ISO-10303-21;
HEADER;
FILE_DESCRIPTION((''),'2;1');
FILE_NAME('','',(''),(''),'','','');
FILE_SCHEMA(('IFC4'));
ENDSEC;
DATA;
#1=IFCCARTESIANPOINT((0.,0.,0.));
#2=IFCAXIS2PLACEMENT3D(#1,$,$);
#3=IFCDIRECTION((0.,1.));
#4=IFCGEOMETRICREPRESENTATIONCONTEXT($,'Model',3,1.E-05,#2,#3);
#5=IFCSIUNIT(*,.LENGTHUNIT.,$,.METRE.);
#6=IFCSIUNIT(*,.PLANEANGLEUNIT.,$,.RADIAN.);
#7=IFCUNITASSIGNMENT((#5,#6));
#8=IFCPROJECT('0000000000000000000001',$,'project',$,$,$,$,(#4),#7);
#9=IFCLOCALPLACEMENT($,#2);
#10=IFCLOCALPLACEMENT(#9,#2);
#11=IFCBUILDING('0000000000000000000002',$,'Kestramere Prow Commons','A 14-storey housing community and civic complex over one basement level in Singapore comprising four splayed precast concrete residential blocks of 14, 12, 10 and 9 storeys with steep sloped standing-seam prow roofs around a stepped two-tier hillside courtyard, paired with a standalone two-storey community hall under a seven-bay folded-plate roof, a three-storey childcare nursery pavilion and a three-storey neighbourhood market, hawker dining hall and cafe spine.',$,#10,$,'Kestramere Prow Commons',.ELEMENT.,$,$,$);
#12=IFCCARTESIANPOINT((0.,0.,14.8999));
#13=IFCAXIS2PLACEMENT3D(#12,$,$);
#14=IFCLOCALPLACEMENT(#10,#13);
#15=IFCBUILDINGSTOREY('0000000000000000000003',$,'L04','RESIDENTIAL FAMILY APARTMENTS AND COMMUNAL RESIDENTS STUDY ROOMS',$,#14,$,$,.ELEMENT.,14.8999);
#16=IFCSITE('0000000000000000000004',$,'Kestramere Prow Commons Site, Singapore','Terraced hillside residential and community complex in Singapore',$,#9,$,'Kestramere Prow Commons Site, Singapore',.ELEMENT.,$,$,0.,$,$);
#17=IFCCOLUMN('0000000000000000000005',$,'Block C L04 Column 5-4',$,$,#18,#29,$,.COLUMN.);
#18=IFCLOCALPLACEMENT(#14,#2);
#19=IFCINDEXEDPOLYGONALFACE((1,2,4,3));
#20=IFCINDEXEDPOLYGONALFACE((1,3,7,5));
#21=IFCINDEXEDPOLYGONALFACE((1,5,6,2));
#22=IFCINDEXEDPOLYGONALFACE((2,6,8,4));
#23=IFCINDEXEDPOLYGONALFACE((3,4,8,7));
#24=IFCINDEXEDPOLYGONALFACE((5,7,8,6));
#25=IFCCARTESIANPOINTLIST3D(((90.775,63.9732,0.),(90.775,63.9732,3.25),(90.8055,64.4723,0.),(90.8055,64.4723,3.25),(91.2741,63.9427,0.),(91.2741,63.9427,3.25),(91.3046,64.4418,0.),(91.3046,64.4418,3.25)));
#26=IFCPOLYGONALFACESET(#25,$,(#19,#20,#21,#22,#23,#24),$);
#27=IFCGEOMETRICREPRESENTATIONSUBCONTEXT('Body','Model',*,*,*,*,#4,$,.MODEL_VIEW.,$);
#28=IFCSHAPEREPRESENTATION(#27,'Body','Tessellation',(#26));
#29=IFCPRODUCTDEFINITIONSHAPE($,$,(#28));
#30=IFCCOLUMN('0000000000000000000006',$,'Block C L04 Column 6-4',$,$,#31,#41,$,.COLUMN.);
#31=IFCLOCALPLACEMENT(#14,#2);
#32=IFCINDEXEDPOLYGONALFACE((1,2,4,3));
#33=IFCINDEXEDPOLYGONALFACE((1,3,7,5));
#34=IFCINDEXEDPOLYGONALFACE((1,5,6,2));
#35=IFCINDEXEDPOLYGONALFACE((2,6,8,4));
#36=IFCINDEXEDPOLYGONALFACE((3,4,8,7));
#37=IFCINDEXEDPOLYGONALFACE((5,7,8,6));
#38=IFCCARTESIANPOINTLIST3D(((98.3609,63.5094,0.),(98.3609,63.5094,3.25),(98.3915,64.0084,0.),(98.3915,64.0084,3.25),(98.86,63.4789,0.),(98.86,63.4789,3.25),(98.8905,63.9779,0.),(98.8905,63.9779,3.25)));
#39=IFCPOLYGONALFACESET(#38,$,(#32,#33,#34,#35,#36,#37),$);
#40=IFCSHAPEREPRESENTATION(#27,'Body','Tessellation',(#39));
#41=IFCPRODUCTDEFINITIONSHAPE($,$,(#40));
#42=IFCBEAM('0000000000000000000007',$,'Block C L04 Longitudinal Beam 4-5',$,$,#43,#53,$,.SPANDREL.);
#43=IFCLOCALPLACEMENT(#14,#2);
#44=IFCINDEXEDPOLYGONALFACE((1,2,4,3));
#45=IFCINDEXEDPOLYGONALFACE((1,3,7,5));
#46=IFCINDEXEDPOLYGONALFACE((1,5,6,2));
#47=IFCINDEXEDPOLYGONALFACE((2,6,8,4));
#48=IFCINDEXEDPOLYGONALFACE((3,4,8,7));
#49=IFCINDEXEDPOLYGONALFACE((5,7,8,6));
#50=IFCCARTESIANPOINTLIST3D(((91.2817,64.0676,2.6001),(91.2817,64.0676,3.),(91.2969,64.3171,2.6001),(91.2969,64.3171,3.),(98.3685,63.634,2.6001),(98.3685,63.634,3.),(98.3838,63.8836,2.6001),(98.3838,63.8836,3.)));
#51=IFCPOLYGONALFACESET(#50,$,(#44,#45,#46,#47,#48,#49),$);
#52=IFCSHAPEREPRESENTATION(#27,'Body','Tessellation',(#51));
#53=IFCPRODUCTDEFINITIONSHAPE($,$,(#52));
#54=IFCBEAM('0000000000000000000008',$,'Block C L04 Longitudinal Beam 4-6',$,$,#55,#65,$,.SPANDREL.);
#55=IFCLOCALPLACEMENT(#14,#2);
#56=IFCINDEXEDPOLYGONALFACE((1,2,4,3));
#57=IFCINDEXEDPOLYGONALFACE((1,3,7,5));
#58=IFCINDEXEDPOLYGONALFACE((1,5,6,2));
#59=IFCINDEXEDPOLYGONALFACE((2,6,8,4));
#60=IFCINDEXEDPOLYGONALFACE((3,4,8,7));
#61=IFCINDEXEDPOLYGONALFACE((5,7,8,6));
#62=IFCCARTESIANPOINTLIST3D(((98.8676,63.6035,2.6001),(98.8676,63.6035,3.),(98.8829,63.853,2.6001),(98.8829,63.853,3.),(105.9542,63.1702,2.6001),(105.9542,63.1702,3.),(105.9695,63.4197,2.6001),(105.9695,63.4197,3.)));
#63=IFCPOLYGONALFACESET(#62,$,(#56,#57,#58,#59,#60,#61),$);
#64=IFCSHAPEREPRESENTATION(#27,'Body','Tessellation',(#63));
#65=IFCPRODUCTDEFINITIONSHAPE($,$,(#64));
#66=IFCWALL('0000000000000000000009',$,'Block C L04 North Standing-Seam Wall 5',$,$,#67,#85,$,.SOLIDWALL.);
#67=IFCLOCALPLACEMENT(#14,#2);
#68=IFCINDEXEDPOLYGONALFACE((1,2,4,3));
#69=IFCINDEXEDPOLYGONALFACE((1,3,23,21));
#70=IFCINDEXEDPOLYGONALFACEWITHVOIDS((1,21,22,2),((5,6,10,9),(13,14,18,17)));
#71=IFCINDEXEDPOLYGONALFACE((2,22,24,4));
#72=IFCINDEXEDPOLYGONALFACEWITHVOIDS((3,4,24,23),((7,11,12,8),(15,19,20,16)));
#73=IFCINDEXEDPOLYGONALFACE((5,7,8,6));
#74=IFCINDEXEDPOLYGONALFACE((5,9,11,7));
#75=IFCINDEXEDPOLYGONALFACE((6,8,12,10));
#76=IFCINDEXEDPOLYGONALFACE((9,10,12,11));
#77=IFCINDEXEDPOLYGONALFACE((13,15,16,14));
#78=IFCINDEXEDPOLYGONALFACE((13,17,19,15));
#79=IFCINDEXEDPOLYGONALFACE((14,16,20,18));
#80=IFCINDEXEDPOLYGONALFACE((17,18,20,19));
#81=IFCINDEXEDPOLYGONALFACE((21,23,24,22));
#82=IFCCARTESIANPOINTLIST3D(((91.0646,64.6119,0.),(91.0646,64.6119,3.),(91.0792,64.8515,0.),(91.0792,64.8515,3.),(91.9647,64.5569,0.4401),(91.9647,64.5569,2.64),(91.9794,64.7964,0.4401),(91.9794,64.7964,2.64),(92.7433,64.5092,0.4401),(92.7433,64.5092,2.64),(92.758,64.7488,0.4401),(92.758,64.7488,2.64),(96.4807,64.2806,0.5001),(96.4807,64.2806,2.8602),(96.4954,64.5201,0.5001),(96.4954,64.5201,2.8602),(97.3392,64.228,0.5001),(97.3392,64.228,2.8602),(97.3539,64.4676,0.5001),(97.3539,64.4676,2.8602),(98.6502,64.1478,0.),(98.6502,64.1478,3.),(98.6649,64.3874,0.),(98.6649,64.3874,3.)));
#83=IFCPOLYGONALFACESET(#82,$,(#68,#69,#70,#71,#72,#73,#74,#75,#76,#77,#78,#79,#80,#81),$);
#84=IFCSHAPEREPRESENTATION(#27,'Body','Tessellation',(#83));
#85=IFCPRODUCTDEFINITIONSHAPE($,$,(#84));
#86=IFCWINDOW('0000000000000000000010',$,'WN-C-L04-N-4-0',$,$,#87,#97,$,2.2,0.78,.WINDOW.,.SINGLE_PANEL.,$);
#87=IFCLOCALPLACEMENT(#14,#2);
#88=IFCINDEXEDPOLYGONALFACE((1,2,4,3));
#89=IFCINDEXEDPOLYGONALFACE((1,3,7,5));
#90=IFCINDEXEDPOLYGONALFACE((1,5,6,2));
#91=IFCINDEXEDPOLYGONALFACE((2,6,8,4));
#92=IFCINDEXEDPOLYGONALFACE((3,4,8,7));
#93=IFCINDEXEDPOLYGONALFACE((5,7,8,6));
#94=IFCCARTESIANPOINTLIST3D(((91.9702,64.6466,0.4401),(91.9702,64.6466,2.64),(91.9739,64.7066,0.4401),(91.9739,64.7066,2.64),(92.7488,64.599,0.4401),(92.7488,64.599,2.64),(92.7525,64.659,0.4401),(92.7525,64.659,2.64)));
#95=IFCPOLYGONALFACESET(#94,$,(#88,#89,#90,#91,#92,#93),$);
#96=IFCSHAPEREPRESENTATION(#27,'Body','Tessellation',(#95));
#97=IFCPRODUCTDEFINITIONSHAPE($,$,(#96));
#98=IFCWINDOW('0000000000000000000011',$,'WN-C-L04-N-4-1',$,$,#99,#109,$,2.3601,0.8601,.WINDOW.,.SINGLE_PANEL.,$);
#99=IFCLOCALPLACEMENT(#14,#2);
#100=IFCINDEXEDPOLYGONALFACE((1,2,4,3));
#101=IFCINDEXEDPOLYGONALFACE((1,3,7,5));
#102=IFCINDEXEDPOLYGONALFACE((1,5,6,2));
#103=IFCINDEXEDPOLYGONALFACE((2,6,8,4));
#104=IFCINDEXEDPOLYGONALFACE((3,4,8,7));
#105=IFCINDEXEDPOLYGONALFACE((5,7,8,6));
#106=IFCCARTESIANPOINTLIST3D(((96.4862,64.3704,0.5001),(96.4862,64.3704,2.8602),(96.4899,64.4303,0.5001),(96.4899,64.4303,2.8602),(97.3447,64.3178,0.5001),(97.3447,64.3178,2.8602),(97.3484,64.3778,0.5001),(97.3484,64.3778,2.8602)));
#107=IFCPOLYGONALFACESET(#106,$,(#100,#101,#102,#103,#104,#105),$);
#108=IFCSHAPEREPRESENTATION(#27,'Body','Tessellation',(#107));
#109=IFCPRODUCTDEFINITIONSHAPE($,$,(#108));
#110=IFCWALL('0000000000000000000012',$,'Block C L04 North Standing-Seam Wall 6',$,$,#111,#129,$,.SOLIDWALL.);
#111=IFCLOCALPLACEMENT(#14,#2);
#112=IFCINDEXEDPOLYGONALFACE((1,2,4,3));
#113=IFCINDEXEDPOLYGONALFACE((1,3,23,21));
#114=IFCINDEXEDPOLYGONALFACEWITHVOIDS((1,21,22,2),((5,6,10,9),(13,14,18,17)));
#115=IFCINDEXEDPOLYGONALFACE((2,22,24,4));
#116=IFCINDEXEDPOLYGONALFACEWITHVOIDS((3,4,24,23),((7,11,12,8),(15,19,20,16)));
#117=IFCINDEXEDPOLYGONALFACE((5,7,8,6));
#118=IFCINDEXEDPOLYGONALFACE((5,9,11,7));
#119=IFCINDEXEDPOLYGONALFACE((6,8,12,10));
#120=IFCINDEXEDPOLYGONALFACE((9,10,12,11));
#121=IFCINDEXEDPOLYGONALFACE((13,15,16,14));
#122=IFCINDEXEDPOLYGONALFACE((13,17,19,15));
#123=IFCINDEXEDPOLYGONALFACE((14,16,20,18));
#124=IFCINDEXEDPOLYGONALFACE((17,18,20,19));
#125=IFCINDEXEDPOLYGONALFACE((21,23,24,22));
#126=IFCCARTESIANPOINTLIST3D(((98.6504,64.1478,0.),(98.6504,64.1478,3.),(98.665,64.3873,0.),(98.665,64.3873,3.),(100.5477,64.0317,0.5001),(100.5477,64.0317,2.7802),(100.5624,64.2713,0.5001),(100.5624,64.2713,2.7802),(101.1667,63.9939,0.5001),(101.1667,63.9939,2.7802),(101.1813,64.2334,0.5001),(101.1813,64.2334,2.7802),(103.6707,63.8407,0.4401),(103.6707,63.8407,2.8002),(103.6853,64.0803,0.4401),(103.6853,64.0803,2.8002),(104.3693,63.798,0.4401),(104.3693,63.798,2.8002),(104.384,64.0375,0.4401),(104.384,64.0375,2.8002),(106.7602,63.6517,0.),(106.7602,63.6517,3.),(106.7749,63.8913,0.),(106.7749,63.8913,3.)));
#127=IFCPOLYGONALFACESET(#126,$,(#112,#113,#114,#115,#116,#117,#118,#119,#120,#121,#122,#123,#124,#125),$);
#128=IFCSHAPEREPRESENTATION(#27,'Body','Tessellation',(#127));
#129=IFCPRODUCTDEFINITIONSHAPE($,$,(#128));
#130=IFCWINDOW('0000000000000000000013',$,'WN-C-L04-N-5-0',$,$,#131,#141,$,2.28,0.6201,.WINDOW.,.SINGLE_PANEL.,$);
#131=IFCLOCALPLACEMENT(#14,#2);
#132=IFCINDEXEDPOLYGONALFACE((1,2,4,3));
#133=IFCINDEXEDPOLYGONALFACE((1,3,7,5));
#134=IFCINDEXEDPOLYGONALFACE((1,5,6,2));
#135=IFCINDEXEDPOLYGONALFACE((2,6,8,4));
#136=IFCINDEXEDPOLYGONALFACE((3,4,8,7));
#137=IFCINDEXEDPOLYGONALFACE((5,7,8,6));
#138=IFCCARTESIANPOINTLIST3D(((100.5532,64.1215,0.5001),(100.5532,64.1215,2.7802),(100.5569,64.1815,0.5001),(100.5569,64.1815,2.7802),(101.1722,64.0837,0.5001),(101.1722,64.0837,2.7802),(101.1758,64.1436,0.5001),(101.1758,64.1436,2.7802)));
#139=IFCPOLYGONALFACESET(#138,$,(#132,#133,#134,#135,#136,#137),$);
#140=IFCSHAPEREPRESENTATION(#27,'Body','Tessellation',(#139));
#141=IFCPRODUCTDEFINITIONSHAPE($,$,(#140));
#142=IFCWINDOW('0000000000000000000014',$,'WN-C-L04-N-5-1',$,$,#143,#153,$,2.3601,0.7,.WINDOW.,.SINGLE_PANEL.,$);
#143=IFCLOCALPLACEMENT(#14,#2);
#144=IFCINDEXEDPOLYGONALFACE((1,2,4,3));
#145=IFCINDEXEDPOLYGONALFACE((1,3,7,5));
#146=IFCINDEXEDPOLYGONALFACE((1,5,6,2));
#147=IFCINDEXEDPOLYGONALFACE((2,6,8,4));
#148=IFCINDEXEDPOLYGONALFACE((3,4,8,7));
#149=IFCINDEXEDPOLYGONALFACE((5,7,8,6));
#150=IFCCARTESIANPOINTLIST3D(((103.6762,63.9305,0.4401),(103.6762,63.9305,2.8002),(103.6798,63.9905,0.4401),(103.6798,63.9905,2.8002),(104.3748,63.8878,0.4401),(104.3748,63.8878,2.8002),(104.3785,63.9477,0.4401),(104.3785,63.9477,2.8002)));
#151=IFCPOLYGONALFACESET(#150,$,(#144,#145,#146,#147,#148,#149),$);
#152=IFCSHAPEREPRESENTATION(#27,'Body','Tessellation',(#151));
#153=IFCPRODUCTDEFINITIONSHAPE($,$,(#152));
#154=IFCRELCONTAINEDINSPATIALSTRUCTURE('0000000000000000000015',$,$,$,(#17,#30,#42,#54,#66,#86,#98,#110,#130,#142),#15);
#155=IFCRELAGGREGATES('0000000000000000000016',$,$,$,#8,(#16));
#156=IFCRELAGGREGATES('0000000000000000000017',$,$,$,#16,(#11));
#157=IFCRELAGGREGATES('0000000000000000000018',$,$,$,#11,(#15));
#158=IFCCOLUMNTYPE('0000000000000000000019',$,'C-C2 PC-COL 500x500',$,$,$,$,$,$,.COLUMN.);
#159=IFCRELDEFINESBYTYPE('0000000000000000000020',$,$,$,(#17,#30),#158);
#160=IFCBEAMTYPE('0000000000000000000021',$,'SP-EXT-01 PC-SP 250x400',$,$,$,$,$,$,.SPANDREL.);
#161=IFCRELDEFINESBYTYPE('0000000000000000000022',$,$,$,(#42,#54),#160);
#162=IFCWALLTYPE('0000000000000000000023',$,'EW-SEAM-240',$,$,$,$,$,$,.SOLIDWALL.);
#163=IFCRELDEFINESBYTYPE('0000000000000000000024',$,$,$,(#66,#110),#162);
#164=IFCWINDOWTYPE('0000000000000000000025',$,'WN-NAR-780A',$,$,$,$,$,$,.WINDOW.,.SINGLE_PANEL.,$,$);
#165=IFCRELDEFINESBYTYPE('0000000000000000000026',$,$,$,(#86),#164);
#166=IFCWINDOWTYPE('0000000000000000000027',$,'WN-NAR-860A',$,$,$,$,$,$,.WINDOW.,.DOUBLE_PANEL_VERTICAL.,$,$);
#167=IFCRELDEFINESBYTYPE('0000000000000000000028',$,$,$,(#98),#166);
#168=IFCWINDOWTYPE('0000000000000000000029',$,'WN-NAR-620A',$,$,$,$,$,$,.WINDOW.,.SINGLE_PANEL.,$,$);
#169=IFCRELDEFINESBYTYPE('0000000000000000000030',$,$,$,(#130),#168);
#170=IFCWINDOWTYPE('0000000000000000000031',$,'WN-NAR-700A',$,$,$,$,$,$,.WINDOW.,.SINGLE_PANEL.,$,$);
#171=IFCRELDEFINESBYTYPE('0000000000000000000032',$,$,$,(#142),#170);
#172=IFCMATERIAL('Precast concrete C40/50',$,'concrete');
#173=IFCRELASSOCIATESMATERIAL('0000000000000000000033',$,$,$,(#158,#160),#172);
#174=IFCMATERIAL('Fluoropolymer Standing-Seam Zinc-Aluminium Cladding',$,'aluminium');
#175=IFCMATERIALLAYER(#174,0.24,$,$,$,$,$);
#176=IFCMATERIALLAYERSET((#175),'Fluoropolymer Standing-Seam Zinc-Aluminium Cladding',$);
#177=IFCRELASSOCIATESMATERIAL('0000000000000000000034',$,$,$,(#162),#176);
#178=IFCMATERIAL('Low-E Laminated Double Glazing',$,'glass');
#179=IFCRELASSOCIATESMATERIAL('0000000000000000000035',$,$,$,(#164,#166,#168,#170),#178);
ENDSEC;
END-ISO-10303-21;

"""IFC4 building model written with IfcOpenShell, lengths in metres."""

from ifc_helpers import new_model, si_unit, direction, frame, frame_2d, origin, origin_2d, place, context, subcontext, project, spatial, rectangle, extrude, material, layer, layer_set, material_profile, profile_set, type_object, element, fill, save


model = new_model("IFC4")

# Units and contexts
model_context = context("Model", 3, precision=1e-05, world=origin(), true_north=direction((0.0, 1.0)))
body_context = subcontext(model_context, "Body", "Model", "MODEL_VIEW")
ifc_project = project(units=[si_unit("LENGTHUNIT", "METRE"), si_unit("PLANEANGLEUNIT", "RADIAN")], contexts=[model_context])

# Site, building, storey
site_placement = place(None, origin())
site = spatial("IfcSite", under=ifc_project, at=site_placement, Name="Kestramere Prow Commons Site, Singapore", Description="Terraced hillside residential and community complex in Singapore", LongName="Kestramere Prow Commons Site, Singapore", CompositionType="ELEMENT", RefElevation=0.0)
building_placement = place(site_placement, origin())
building = spatial("IfcBuilding", under=site, at=building_placement, Name="Kestramere Prow Commons", Description="A 14-storey housing community and civic complex over one basement level in Singapore comprising four splayed precast concrete residential blocks of 14, 12, 10 and 9 storeys with steep sloped standing-seam prow roofs around a stepped two-tier hillside courtyard, paired with a standalone two-storey community hall under a seven-bay folded-plate roof, a three-storey childcare nursery pavilion and a three-storey neighbourhood market, hawker dining hall and cafe spine.", LongName="Kestramere Prow Commons", CompositionType="ELEMENT")
storey_placement = place(building_placement, frame((0.0, 0.0, 14.8999)))
storey = spatial("IfcBuildingStorey", under=building, at=storey_placement, Name="L04", Description="RESIDENTIAL FAMILY APARTMENTS AND COMMUNAL RESIDENTS STUDY ROOMS", CompositionType="ELEMENT", Elevation=14.8999)

# Columns
ifc_material_1 = material(Name="Precast concrete C40/50", Category="concrete")
ifc_material_profile_1 = material_profile(ifc_material_1, rectangle(XDim=0.5, YDim=0.5, at=origin_2d()), Name="PC-COL 500x500")
ifc_profile_set_1 = profile_set([ifc_material_profile_1], Name="Precast concrete C40/50")
column_type = type_object("IfcColumnType", Name="C-C2 PC-COL 500x500", PredefinedType="COLUMN", material=ifc_profile_set_1)
for number, where, z_axis, x_axis, name in (
    (1, (91.0398, 64.2075, 0.0), (0.0, 0.0, 1.0), (0.998135, -0.061049, 0.0), "Block C L04 Column 5-4"),
    (2, (98.6257, 63.7437, 0.0), (0.0, 0.0, 1.0), (0.998135, -0.061049, 0.0), "Block C L04 Column 6-4"),
):
    element("IfcColumn", number, at=place(storey_placement, frame(where, z_axis=z_axis, x_axis=x_axis)), inside=storey, type_object=column_type, Name=name, PredefinedType="COLUMN", context=body_context, shape_type="SweptSolid", body=[
        extrude(rectangle(XDim=0.5, YDim=0.5, at=origin_2d()), origin(), (0.0, 0.0, 1.0), 3.25),
    ])

# Beams
ifc_material_profile_2 = material_profile(ifc_material_1, rectangle(XDim=0.25, YDim=0.3999, at=origin_2d()), Name="PC-SP 250x400")
ifc_profile_set_2 = profile_set([ifc_material_profile_2], Name="Precast concrete C40/50")
beam_type = type_object("IfcBeamType", Name="SP-EXT-01 PC-SP 250x400", PredefinedType="SPANDREL", material=ifc_profile_set_2)
beam_1_placement = place(storey_placement, frame((91.2893, 64.1924, 2.8), z_axis=(0.998134, -0.061068, 0.0), x_axis=(0.061068, 0.998134, 0.0)))
element("IfcBeam", 3, at=beam_1_placement, inside=storey, type_object=beam_type, Name="Block C L04 Longitudinal Beam 4-5", PredefinedType="SPANDREL", context=body_context, shape_type="SweptSolid", body=[
    extrude(rectangle(XDim=0.25, YDim=0.3999, at=origin_2d()), origin(), (0.0, 0.0, 1.0), 7.1001),
])
beam_2_placement = place(storey_placement, frame((98.8752, 63.7283, 2.8), z_axis=(0.998136, -0.061036, 0.0), x_axis=(0.061036, 0.998136, 0.0)))
element("IfcBeam", 4, at=beam_2_placement, inside=storey, type_object=beam_type, Name="Block C L04 Longitudinal Beam 4-6", PredefinedType="SPANDREL", context=body_context, shape_type="SweptSolid", body=[
    extrude(rectangle(XDim=0.25, YDim=0.3999, at=origin_2d()), origin(), (0.0, 0.0, 1.0), 7.0999),
])

# Walls, openings, windows
ifc_material_2 = material(Name="Fluoropolymer Standing-Seam Zinc-Aluminium Cladding", Category="aluminium")
ifc_layer_1 = layer(ifc_material_2, 0.24)
ifc_layer_set_1 = layer_set([ifc_layer_1], Name="Fluoropolymer Standing-Seam Zinc-Aluminium Cladding")
wall_type_1 = type_object("IfcWallType", Name="EW-SEAM-240", PredefinedType="SOLIDWALL", material=ifc_layer_set_1)
wall_1_placement = place(storey_placement, frame((91.072, 64.7317, 0.0), z_axis=(0.0, 0.0, 1.0), x_axis=(0.998134, -0.061068, 0.0)))
wall_1 = element("IfcWall", 5, at=wall_1_placement, inside=storey, type_object=wall_type_1, Name="Block C L04 North Standing-Seam Wall 5", PredefinedType="SOLIDWALL", context=body_context, shape_type="SweptSolid", body=[
    extrude(rectangle(XDim=7.5999, YDim=0.24, at=frame_2d((3.7998, 0.0))), origin(), (0.0, 0.0, 1.0), 3.0),
])
opening_1_placement = place(wall_1_placement, frame((0.9016, 0.0, 0.4399)))
opening_1 = element("IfcOpeningElement", 6, at=opening_1_placement, cuts=wall_1, PredefinedType="OPENING", context=body_context, shape_type="SweptSolid", body=[
    extrude(rectangle(XDim=0.78, YDim=2.2, at=frame_2d((0.3901, 1.1001))), frame((0.0, 0.135, 0.0), z_axis=(0.0, -1.0, 0.0), x_axis=(1.0, 0.0, 0.0)), (0.0, 0.0, 1.0), 0.27),
])
opening_2_placement = place(wall_1_placement, frame((5.426, 0.0, 0.5)))
opening_2 = element("IfcOpeningElement", 7, at=opening_2_placement, cuts=wall_1, PredefinedType="OPENING", context=body_context, shape_type="SweptSolid", body=[
    extrude(rectangle(XDim=0.8601, YDim=2.3601, at=frame_2d((0.4302, 1.1802))), frame((0.0, 0.135, 0.0), z_axis=(0.0, -1.0, 0.0), x_axis=(1.0, 0.0, 0.0)), (0.0, 0.0, 1.0), 0.27),
])
ifc_material_3 = material(Name="Low-E Laminated Double Glazing", Category="glass")
window_type_1 = type_object("IfcWindowType", Name="WN-NAR-780A", PartitioningType="SINGLE_PANEL", PredefinedType="WINDOW", material=ifc_material_3)
window_1_placement = place(opening_1_placement, origin())
window_1 = element("IfcWindow", 8, at=window_1_placement, inside=storey, type_object=window_type_1, Name="WN-C-L04-N-4-0", OverallHeight=2.2, OverallWidth=0.78, PartitioningType="SINGLE_PANEL", PredefinedType="WINDOW", context=body_context, shape_type="SweptSolid", body=[
    extrude(rectangle(XDim=0.78, YDim=2.2, at=frame_2d((0.3901, 1.1001))), frame((0.0, 0.03, 0.0), z_axis=(0.0, -1.0, 0.0), x_axis=(1.0, 0.0, 0.0)), (0.0, 0.0, 1.0), 0.0601),
])
fill(opening_1, window_1)
window_type_2 = type_object("IfcWindowType", Name="WN-NAR-860A", PartitioningType="DOUBLE_PANEL_VERTICAL", PredefinedType="WINDOW", material=ifc_material_3)
window_2_placement = place(opening_2_placement, origin())
window_2 = element("IfcWindow", 9, at=window_2_placement, inside=storey, type_object=window_type_2, Name="WN-C-L04-N-4-1", OverallHeight=2.3601, OverallWidth=0.8601, PartitioningType="SINGLE_PANEL", PredefinedType="WINDOW", context=body_context, shape_type="SweptSolid", body=[
    extrude(rectangle(XDim=0.8601, YDim=2.3601, at=frame_2d((0.4302, 1.1802))), frame((0.0, 0.03, 0.0), z_axis=(0.0, -1.0, 0.0), x_axis=(1.0, 0.0, 0.0)), (0.0, 0.0, 1.0), 0.0601),
])
fill(opening_2, window_2)
wall_2_placement = place(storey_placement, frame((98.6577, 64.2676, 0.0), z_axis=(0.0, 0.0, 1.0), x_axis=(0.998134, -0.061058, 0.0)))
wall_2 = element("IfcWall", 10, at=wall_2_placement, inside=storey, type_object=wall_type_1, Name="Block C L04 North Standing-Seam Wall 6", PredefinedType="SOLIDWALL", context=body_context, shape_type="SweptSolid", body=[
    extrude(rectangle(XDim=8.125, YDim=0.24, at=frame_2d((4.0625, 0.0))), origin(), (0.0, 0.0, 1.0), 3.0),
])
opening_3_placement = place(wall_2_placement, frame((1.9009, 0.0, 0.5)))
opening_3 = element("IfcOpeningElement", 11, at=opening_3_placement, cuts=wall_2, PredefinedType="OPENING", context=body_context, shape_type="SweptSolid", body=[
    extrude(rectangle(XDim=0.6201, YDim=2.28, at=frame_2d((0.3101, 1.1401))), frame((0.0, 0.135, 0.0), z_axis=(0.0, -1.0, 0.0), x_axis=(1.0, 0.0, 0.0)), (0.0, 0.0, 1.0), 0.27),
])
opening_4_placement = place(wall_2_placement, frame((5.0295, 0.0, 0.4399)))
opening_4 = element("IfcOpeningElement", 12, at=opening_4_placement, cuts=wall_2, PredefinedType="OPENING", context=body_context, shape_type="SweptSolid", body=[
    extrude(rectangle(XDim=0.7, YDim=2.3601, at=frame_2d((0.3501, 1.1802))), frame((0.0, 0.135, 0.0), z_axis=(0.0, -1.0, 0.0), x_axis=(1.0, 0.0, 0.0)), (0.0, 0.0, 1.0), 0.27),
])
window_type_3 = type_object("IfcWindowType", Name="WN-NAR-620A", PartitioningType="SINGLE_PANEL", PredefinedType="WINDOW", material=ifc_material_3)
window_3_placement = place(opening_3_placement, origin())
window_3 = element("IfcWindow", 13, at=window_3_placement, inside=storey, type_object=window_type_3, Name="WN-C-L04-N-5-0", OverallHeight=2.28, OverallWidth=0.6201, PartitioningType="SINGLE_PANEL", PredefinedType="WINDOW", context=body_context, shape_type="SweptSolid", body=[
    extrude(rectangle(XDim=0.6201, YDim=2.28, at=frame_2d((0.3101, 1.1401))), frame((0.0, 0.03, 0.0), z_axis=(0.0, -1.0, 0.0), x_axis=(1.0, 0.0, 0.0)), (0.0, 0.0, 1.0), 0.0601),
])
fill(opening_3, window_3)
window_type_4 = type_object("IfcWindowType", Name="WN-NAR-700A", PartitioningType="SINGLE_PANEL", PredefinedType="WINDOW", material=ifc_material_3)
window_4_placement = place(opening_4_placement, origin())
window_4 = element("IfcWindow", 14, at=window_4_placement, inside=storey, type_object=window_type_4, Name="WN-C-L04-N-5-1", OverallHeight=2.3601, OverallWidth=0.7, PartitioningType="SINGLE_PANEL", PredefinedType="WINDOW", context=body_context, shape_type="SweptSolid", body=[
    extrude(rectangle(XDim=0.7, YDim=2.3601, at=frame_2d((0.3501, 1.1802))), frame((0.0, 0.03, 0.0), z_axis=(0.0, -1.0, 0.0), x_axis=(1.0, 0.0, 0.0)), (0.0, 0.0, 1.0), 0.0601),
])
fill(opening_4, window_4)

save(model, "model.ifc")
